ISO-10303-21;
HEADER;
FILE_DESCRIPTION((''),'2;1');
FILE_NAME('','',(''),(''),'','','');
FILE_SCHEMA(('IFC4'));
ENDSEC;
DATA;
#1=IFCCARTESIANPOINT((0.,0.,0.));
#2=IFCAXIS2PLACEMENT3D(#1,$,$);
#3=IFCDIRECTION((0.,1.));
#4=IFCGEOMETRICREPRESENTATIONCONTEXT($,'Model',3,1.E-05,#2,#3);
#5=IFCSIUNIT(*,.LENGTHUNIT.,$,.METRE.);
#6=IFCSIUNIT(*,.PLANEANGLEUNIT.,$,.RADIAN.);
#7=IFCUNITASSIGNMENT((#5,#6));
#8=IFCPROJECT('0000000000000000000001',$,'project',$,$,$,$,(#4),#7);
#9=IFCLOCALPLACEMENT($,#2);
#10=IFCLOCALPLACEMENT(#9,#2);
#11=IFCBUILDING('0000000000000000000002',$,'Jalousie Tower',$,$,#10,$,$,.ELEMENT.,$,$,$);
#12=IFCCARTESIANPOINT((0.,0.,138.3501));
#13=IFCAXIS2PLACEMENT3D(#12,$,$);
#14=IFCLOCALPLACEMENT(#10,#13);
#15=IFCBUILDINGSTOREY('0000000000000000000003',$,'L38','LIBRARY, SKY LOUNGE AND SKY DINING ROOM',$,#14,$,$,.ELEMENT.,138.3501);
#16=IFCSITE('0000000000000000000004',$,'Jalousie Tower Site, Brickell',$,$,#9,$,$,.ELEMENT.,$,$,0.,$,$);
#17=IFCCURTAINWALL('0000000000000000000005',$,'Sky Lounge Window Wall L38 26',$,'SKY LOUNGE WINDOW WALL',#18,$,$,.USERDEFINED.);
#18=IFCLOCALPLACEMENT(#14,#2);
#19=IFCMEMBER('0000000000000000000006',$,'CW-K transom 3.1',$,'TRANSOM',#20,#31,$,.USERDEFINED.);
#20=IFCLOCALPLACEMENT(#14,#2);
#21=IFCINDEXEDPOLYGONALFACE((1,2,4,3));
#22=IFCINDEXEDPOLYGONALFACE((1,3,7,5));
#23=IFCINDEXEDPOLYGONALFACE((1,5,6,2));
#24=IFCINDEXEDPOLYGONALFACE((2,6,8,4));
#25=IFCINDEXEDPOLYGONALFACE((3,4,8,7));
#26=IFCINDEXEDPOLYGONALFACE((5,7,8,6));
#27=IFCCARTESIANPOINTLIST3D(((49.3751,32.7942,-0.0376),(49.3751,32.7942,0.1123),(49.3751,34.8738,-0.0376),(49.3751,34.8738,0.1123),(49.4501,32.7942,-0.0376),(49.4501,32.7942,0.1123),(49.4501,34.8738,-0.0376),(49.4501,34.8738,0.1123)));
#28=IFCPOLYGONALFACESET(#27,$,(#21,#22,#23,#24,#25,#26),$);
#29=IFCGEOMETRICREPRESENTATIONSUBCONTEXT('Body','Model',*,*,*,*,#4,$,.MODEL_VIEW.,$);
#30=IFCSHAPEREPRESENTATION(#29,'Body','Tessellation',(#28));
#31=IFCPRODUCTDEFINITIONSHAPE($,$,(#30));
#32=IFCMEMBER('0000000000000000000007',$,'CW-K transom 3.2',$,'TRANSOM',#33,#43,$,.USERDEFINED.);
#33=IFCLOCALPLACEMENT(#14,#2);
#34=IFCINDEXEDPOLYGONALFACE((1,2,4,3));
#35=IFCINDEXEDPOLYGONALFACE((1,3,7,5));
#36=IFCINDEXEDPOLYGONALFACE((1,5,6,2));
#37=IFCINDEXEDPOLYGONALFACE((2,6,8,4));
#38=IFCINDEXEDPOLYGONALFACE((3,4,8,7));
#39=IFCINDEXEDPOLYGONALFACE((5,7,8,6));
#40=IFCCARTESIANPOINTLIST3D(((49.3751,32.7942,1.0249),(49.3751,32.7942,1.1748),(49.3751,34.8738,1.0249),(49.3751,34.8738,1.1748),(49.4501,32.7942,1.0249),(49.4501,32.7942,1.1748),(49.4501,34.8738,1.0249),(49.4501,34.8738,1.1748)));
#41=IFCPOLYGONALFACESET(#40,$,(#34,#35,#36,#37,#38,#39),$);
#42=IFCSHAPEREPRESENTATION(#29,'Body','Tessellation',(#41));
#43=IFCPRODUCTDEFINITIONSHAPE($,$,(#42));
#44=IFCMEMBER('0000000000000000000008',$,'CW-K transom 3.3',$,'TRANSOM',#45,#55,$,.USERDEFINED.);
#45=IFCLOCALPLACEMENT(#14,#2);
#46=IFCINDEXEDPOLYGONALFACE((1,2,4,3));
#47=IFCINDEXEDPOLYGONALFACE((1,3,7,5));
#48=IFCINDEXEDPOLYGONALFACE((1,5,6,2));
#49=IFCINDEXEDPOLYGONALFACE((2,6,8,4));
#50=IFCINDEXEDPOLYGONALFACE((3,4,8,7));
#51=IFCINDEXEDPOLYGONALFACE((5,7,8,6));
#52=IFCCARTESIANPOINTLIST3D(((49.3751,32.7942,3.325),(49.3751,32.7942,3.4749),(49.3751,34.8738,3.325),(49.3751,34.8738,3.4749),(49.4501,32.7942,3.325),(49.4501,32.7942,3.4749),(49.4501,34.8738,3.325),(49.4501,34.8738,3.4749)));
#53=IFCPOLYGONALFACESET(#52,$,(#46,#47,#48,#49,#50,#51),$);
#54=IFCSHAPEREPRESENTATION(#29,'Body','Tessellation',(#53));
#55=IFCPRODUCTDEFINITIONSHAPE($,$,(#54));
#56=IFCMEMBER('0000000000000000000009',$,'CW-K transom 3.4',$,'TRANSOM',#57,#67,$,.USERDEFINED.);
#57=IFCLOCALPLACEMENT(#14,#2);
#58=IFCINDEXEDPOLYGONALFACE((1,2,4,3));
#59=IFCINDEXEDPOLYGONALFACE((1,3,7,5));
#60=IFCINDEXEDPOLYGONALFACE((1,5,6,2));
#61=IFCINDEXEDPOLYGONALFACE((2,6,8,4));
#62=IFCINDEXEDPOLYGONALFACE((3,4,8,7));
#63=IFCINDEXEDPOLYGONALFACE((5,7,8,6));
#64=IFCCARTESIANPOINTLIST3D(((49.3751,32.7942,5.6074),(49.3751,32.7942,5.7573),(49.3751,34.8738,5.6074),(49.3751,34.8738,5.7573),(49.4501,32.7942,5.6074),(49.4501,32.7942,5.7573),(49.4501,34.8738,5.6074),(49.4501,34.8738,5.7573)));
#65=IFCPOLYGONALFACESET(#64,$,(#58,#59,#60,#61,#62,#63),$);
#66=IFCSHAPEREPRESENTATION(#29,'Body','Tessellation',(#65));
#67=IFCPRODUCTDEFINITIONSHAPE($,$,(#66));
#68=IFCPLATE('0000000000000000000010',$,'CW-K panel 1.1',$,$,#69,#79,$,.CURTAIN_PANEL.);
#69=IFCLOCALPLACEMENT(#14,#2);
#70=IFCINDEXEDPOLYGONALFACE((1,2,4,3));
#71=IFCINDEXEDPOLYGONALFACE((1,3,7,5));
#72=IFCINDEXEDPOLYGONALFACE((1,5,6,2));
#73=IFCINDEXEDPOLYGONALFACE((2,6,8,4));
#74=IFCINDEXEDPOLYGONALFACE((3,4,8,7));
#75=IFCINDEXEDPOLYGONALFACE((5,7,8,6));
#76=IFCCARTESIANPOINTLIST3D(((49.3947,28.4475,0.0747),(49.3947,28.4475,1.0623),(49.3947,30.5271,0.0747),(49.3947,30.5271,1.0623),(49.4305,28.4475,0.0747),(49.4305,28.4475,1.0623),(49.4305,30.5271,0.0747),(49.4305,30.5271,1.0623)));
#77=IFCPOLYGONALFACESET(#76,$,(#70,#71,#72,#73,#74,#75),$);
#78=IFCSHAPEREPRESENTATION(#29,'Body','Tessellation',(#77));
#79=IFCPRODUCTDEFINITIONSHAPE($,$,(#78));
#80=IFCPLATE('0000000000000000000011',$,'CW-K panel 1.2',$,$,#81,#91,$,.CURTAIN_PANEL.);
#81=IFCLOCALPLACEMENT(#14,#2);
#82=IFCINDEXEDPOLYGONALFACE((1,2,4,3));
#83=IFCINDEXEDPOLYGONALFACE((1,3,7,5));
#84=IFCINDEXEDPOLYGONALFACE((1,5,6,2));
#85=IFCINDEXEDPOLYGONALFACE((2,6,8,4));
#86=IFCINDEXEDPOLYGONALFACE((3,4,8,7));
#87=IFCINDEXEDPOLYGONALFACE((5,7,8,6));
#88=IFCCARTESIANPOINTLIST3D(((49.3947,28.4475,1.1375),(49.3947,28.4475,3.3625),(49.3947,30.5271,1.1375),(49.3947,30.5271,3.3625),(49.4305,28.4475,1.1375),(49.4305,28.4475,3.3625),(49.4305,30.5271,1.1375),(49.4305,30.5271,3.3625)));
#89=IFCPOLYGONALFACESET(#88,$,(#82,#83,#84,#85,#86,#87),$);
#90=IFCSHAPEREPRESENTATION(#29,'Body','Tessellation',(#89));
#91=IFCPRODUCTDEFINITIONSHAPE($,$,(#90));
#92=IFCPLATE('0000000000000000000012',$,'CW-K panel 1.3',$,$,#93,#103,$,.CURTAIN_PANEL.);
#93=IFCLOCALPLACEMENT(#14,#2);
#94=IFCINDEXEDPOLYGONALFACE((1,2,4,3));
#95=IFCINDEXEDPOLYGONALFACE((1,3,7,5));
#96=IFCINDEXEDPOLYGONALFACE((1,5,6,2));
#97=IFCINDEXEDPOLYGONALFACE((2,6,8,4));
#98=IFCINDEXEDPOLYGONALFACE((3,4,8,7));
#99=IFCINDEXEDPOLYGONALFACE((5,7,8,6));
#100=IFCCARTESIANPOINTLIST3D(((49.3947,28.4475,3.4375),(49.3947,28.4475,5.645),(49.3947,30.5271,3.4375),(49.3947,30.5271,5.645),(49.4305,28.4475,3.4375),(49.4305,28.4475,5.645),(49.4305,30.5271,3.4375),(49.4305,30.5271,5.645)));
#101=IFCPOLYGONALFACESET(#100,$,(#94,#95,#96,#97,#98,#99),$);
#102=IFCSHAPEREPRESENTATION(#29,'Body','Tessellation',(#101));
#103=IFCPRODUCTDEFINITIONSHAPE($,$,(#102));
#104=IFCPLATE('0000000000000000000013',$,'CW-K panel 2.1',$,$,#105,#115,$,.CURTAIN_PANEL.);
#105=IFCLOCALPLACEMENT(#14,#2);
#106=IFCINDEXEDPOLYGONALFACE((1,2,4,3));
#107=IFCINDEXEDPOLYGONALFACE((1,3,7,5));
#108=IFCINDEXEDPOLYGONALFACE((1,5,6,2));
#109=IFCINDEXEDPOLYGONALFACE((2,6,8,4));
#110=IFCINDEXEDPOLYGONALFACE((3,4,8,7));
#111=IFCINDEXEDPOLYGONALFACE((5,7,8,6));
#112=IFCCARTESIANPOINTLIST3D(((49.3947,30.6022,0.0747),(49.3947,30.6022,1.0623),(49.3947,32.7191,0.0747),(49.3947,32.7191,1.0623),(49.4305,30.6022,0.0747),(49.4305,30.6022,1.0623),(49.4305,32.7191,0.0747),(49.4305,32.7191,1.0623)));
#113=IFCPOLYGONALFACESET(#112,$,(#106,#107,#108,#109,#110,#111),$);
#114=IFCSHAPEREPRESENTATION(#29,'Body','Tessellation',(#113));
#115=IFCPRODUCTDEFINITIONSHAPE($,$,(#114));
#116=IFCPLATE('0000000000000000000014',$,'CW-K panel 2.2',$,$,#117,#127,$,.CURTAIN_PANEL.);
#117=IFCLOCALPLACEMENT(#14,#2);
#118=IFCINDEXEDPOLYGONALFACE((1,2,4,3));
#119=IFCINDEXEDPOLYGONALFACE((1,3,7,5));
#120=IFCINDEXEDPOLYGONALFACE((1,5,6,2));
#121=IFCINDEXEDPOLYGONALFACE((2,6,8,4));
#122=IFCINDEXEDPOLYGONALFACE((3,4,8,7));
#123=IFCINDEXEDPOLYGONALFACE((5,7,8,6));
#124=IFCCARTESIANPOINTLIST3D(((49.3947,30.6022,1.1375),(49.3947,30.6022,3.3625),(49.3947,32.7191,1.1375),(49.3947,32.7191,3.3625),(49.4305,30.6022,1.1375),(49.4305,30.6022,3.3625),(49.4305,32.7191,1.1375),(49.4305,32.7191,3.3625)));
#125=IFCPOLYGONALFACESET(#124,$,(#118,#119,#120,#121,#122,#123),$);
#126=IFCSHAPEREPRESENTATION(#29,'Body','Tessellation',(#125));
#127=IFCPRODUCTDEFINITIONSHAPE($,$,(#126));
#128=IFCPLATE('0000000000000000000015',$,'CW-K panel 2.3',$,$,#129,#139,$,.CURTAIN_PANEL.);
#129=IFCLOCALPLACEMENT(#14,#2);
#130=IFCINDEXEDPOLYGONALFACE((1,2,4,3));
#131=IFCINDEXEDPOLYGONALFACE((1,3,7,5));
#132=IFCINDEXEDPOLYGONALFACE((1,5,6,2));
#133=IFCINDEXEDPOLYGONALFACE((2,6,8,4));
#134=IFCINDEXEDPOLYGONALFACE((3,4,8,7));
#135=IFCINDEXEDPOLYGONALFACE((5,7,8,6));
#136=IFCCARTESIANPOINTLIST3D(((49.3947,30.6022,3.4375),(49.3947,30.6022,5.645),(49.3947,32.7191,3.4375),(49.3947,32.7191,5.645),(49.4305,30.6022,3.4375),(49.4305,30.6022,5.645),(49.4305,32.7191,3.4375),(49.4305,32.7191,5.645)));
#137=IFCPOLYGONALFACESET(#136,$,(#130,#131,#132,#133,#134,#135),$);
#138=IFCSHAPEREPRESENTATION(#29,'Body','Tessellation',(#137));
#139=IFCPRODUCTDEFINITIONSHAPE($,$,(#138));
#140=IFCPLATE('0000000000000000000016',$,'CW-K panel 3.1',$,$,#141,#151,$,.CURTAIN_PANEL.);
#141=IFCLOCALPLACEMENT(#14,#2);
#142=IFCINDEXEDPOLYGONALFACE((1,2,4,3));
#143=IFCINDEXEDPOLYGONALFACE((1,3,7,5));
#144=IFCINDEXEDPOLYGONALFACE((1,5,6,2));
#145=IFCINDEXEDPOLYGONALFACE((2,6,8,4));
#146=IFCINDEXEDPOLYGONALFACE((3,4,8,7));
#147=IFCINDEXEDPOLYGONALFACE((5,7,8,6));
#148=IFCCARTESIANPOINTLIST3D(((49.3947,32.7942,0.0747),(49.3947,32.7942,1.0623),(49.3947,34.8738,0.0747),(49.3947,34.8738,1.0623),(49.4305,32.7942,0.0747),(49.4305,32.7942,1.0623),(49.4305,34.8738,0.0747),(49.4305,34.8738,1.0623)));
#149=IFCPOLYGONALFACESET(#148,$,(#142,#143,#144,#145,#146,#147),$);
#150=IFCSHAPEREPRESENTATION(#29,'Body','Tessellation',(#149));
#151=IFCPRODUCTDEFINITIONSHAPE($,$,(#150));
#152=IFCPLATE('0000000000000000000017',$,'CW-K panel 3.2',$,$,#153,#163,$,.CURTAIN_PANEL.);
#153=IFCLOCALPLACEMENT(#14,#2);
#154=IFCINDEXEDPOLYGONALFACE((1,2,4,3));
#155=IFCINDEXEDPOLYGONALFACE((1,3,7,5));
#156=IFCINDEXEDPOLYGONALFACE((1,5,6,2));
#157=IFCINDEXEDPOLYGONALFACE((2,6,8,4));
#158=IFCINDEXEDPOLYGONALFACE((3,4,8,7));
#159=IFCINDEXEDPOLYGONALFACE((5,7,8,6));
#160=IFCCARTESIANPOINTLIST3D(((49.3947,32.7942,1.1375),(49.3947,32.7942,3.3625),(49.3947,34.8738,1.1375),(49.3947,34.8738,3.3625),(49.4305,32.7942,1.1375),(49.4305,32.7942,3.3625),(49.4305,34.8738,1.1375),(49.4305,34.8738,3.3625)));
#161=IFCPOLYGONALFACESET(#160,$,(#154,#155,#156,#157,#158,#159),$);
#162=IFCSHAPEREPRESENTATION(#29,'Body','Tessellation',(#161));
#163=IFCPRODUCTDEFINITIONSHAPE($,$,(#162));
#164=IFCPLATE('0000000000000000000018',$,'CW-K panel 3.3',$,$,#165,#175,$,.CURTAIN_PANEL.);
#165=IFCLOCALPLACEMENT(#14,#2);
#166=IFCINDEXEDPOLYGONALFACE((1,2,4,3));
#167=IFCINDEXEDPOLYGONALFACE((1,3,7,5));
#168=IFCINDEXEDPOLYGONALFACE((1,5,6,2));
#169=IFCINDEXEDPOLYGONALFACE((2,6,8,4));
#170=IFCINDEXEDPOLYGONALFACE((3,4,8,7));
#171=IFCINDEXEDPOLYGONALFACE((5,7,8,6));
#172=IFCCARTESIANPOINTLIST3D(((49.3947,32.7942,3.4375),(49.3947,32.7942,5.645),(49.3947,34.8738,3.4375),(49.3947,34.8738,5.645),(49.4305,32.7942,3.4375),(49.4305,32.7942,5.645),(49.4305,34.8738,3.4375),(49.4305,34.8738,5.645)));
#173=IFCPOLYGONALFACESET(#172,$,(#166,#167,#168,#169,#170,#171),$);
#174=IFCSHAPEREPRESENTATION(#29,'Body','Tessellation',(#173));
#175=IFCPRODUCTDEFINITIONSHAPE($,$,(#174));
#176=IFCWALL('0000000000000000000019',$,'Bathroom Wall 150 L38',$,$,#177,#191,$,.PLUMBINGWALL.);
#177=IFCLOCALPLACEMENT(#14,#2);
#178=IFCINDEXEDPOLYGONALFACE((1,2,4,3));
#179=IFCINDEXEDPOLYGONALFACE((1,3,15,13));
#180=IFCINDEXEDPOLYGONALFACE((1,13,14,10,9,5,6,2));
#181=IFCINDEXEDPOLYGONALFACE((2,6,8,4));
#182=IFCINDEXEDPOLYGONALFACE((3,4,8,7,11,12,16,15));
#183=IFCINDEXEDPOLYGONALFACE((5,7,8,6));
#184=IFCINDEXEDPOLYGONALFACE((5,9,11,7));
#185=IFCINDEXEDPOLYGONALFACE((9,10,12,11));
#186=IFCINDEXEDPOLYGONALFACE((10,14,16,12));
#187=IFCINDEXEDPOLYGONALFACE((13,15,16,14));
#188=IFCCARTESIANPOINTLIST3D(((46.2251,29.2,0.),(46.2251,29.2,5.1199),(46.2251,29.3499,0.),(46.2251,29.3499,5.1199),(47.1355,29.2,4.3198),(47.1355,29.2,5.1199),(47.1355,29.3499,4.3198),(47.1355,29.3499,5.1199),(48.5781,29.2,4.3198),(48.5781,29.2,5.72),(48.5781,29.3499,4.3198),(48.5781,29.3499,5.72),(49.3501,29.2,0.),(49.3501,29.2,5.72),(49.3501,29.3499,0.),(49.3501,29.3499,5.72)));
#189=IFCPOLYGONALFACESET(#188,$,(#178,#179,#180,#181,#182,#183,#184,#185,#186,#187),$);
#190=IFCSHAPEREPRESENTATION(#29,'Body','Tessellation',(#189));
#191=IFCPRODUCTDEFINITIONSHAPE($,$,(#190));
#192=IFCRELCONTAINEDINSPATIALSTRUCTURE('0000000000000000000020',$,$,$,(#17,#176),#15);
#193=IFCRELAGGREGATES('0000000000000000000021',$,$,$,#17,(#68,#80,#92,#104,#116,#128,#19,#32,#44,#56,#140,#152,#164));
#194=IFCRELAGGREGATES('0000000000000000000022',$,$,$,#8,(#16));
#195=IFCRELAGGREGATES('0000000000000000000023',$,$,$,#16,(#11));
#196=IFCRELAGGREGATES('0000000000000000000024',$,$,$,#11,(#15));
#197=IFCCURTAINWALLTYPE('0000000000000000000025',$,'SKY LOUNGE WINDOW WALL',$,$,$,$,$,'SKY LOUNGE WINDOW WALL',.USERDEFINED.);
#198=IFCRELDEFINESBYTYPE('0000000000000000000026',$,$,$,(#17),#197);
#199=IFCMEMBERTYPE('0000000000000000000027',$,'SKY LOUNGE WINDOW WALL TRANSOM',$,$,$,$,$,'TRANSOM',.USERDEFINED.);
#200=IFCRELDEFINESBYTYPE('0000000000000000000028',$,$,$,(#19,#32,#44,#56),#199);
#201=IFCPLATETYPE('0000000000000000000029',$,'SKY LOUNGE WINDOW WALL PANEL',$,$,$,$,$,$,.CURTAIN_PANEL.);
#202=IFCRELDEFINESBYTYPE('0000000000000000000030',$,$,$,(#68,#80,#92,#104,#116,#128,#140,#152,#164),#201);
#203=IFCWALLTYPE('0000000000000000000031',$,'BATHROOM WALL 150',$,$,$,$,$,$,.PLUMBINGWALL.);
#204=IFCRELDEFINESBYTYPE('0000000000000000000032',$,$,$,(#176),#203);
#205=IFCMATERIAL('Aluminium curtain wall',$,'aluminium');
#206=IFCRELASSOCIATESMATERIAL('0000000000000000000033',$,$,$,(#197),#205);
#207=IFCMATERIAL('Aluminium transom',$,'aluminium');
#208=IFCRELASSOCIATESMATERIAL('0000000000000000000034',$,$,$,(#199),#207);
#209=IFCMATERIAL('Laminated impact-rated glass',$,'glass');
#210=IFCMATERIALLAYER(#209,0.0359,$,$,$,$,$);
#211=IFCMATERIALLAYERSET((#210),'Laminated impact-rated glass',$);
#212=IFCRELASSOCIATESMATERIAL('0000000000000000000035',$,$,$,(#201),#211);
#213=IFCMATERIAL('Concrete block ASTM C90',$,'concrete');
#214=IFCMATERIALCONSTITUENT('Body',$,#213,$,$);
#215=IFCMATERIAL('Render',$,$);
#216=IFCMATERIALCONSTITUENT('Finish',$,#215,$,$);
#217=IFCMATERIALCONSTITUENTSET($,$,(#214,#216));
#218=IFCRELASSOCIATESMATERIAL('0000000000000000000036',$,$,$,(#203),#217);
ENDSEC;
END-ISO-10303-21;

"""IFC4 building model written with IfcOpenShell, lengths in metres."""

from ifc_helpers import new_model, si_unit, direction, frame, origin, origin_2d, place, context, subcontext, project, spatial, polyline, rectangle, outline, extrude, material, layer, layer_set, constituent, constituent_set, material_profile, profile_set, type_object, element, aggregate, save


model = new_model("IFC4")

# Units and contexts
model_context = context("Model", 3, precision=1e-05, world=origin(), true_north=direction((0.0, 1.0)))
body_context = subcontext(model_context, "Body", "Model", "MODEL_VIEW")
ifc_project = project(units=[si_unit("LENGTHUNIT", "METRE"), si_unit("PLANEANGLEUNIT", "RADIAN")], contexts=[model_context])

# Site, building, storey
site_placement = place(None, origin())
site = spatial("IfcSite", under=ifc_project, at=site_placement, Name="Jalousie Tower Site, Brickell", CompositionType="ELEMENT", RefElevation=0.0)
building_placement = place(site_placement, origin())
building = spatial("IfcBuilding", under=site, at=building_placement, Name="Jalousie Tower", CompositionType="ELEMENT")
storey_placement = place(building_placement, frame((0.0, 0.0, 138.3501)))
storey = spatial("IfcBuildingStorey", under=building, at=storey_placement, Name="L38", Description="LIBRARY, SKY LOUNGE AND SKY DINING ROOM", CompositionType="ELEMENT", Elevation=138.3501)

# Curtain wall, members, plates
ifc_material_1 = material(Name="Aluminium curtain wall", Category="aluminium")
curtain_wall_type_1 = type_object("IfcCurtainWallType", Name="SKY LOUNGE WINDOW WALL", ElementType="SKY LOUNGE WINDOW WALL", PredefinedType="USERDEFINED", material=ifc_material_1)
curtain_wall_1_placement = place(storey_placement, origin())
curtain_wall_1 = element("IfcCurtainWall", 1, at=curtain_wall_1_placement, inside=storey, type_object=curtain_wall_type_1, Name="Sky Lounge Window Wall L38 26", ObjectType="SKY LOUNGE WINDOW WALL", PredefinedType="USERDEFINED")
ifc_material_2 = material(Name="Aluminium transom", Category="aluminium")
ifc_material_profile_1 = material_profile(ifc_material_2, rectangle(XDim=0.075, YDim=0.1499, at=origin_2d()), Name="TRANSOM 75x150")
ifc_profile_set_1 = profile_set([ifc_material_profile_1], Name="Aluminium transom")
member_type_1 = type_object("IfcMemberType", Name="SKY LOUNGE WINDOW WALL TRANSOM", ElementType="TRANSOM", PredefinedType="USERDEFINED", material=ifc_profile_set_1)
member_1_placement = place(storey_placement, frame((49.4126, 32.7942, 0.0374), z_axis=(0.0, 1.0, 0.0), x_axis=(-1.0, 0.0, 0.0)))
member_1 = element("IfcMember", 2, at=member_1_placement, type_object=member_type_1, Name="CW-K transom 3.1", ObjectType="TRANSOM", PredefinedType="USERDEFINED", context=body_context, shape_type="SweptSolid", body=[
    extrude(rectangle(XDim=0.075, YDim=0.1499, at=origin_2d()), origin(), (0.0, 0.0, 1.0), 2.0796),
])
member_2_placement = place(storey_placement, frame((49.4126, 32.7942, 1.0999), z_axis=(0.0, 1.0, 0.0), x_axis=(-1.0, 0.0, 0.0)))
member_2 = element("IfcMember", 3, at=member_2_placement, type_object=member_type_1, Name="CW-K transom 3.2", ObjectType="TRANSOM", PredefinedType="USERDEFINED", context=body_context, shape_type="SweptSolid", body=[
    extrude(rectangle(XDim=0.075, YDim=0.1499, at=origin_2d()), origin(), (0.0, 0.0, 1.0), 2.0796),
])
member_3_placement = place(storey_placement, frame((49.4126, 32.7942, 3.3999), z_axis=(0.0, 1.0, 0.0), x_axis=(-1.0, 0.0, 0.0)))
member_3 = element("IfcMember", 4, at=member_3_placement, type_object=member_type_1, Name="CW-K transom 3.3", ObjectType="TRANSOM", PredefinedType="USERDEFINED", context=body_context, shape_type="SweptSolid", body=[
    extrude(rectangle(XDim=0.075, YDim=0.1499, at=origin_2d()), origin(), (0.0, 0.0, 1.0), 2.0796),
])
member_4_placement = place(storey_placement, frame((49.4126, 32.7942, 5.6824), z_axis=(0.0, 1.0, 0.0), x_axis=(-1.0, 0.0, 0.0)))
member_4 = element("IfcMember", 5, at=member_4_placement, type_object=member_type_1, Name="CW-K transom 3.4", ObjectType="TRANSOM", PredefinedType="USERDEFINED", context=body_context, shape_type="SweptSolid", body=[
    extrude(rectangle(XDim=0.075, YDim=0.1499, at=origin_2d()), origin(), (0.0, 0.0, 1.0), 2.0796),
])
ifc_material_3 = material(Name="Laminated impact-rated glass", Category="glass")
ifc_layer = layer(ifc_material_3, 0.0359)
ifc_layer_set = layer_set([ifc_layer], Name="Laminated impact-rated glass")
plate_type = type_object("IfcPlateType", Name="SKY LOUNGE WINDOW WALL PANEL", PredefinedType="CURTAIN_PANEL", material=ifc_layer_set)
plate_1_placement = place(storey_placement, frame((49.4126, 29.4873, 0.0747), z_axis=(0.0, 0.0, 1.0), x_axis=(0.0, 1.0, 0.0)))
plate_1 = element("IfcPlate", 6, at=plate_1_placement, type_object=plate_type, Name="CW-K panel 1.1", PredefinedType="CURTAIN_PANEL", context=body_context, shape_type="SweptSolid", body=[
    extrude(rectangle(XDim=2.0796, YDim=0.0359, at=origin_2d()), origin(), (0.0, 0.0, 1.0), 0.9875),
])
plate_2_placement = place(storey_placement, frame((49.4126, 29.4873, 1.1375), z_axis=(0.0, 0.0, 1.0), x_axis=(0.0, 1.0, 0.0)))
plate_2 = element("IfcPlate", 7, at=plate_2_placement, type_object=plate_type, Name="CW-K panel 1.2", PredefinedType="CURTAIN_PANEL", context=body_context, shape_type="SweptSolid", body=[
    extrude(rectangle(XDim=2.0796, YDim=0.0359, at=origin_2d()), origin(), (0.0, 0.0, 1.0), 2.2251),
])
plate_3_placement = place(storey_placement, frame((49.4126, 29.4873, 3.4375), z_axis=(0.0, 0.0, 1.0), x_axis=(0.0, 1.0, 0.0)))
plate_3 = element("IfcPlate", 8, at=plate_3_placement, type_object=plate_type, Name="CW-K panel 1.3", PredefinedType="CURTAIN_PANEL", context=body_context, shape_type="SweptSolid", body=[
    extrude(rectangle(XDim=2.0796, YDim=0.0359, at=origin_2d()), origin(), (0.0, 0.0, 1.0), 2.2075),
])
plate_4_placement = place(storey_placement, frame((49.4126, 31.6606, 0.0747), z_axis=(0.0, 0.0, 1.0), x_axis=(0.0, 1.0, 0.0)))
plate_4 = element("IfcPlate", 9, at=plate_4_placement, type_object=plate_type, Name="CW-K panel 2.1", PredefinedType="CURTAIN_PANEL", context=body_context, shape_type="SweptSolid", body=[
    extrude(rectangle(XDim=2.1169, YDim=0.0359, at=origin_2d()), origin(), (0.0, 0.0, 1.0), 0.9875),
])
plate_5_placement = place(storey_placement, frame((49.4126, 31.6606, 1.1375), z_axis=(0.0, 0.0, 1.0), x_axis=(0.0, 1.0, 0.0)))
plate_5 = element("IfcPlate", 10, at=plate_5_placement, type_object=plate_type, Name="CW-K panel 2.2", PredefinedType="CURTAIN_PANEL", context=body_context, shape_type="SweptSolid", body=[
    extrude(rectangle(XDim=2.1169, YDim=0.0359, at=origin_2d()), origin(), (0.0, 0.0, 1.0), 2.2251),
])
plate_6_placement = place(storey_placement, frame((49.4126, 31.6606, 3.4375), z_axis=(0.0, 0.0, 1.0), x_axis=(0.0, 1.0, 0.0)))
plate_6 = element("IfcPlate", 11, at=plate_6_placement, type_object=plate_type, Name="CW-K panel 2.3", PredefinedType="CURTAIN_PANEL", context=body_context, shape_type="SweptSolid", body=[
    extrude(rectangle(XDim=2.1169, YDim=0.0359, at=origin_2d()), origin(), (0.0, 0.0, 1.0), 2.2075),
])
plate_7_placement = place(storey_placement, frame((49.4126, 33.834, 0.0747), z_axis=(0.0, 0.0, 1.0), x_axis=(0.0, 1.0, 0.0)))
plate_7 = element("IfcPlate", 12, at=plate_7_placement, type_object=plate_type, Name="CW-K panel 3.1", PredefinedType="CURTAIN_PANEL", context=body_context, shape_type="SweptSolid", body=[
    extrude(rectangle(XDim=2.0796, YDim=0.0359, at=origin_2d()), origin(), (0.0, 0.0, 1.0), 0.9875),
])
plate_8_placement = place(storey_placement, frame((49.4126, 33.834, 1.1375), z_axis=(0.0, 0.0, 1.0), x_axis=(0.0, 1.0, 0.0)))
plate_8 = element("IfcPlate", 13, at=plate_8_placement, type_object=plate_type, Name="CW-K panel 3.2", PredefinedType="CURTAIN_PANEL", context=body_context, shape_type="SweptSolid", body=[
    extrude(rectangle(XDim=2.0796, YDim=0.0359, at=origin_2d()), origin(), (0.0, 0.0, 1.0), 2.2251),
])
plate_9_placement = place(storey_placement, frame((49.4126, 33.834, 3.4375), z_axis=(0.0, 0.0, 1.0), x_axis=(0.0, 1.0, 0.0)))
plate_9 = element("IfcPlate", 14, at=plate_9_placement, type_object=plate_type, Name="CW-K panel 3.3", PredefinedType="CURTAIN_PANEL", context=body_context, shape_type="SweptSolid", body=[
    extrude(rectangle(XDim=2.0796, YDim=0.0359, at=origin_2d()), origin(), (0.0, 0.0, 1.0), 2.2075),
])
aggregate(curtain_wall_1, [plate_1, plate_2, plate_3, plate_4, plate_5, plate_6, member_1, member_2, member_3, member_4, plate_7, plate_8, plate_9])

# Wall
ifc_material_4 = material(Name="Concrete block ASTM C90", Category="concrete")
ifc_constituent_1 = constituent(ifc_material_4, Name="Body")
ifc_material_5 = material(Name="Render")
ifc_constituent_2 = constituent(ifc_material_5, Name="Finish")
ifc_constituent_set = constituent_set(constituents=[ifc_constituent_1, ifc_constituent_2])
wall_type = type_object("IfcWallType", Name="BATHROOM WALL 150", PredefinedType="PLUMBINGWALL", material=ifc_constituent_set)
wall_placement = place(storey_placement, frame((46.2251, 29.2749, 0.0), z_axis=(0.0, 0.0, 1.0), x_axis=(1.0, 0.0, 0.0)))
element("IfcWall", 15, at=wall_placement, inside=storey, type_object=wall_type, Name="Bathroom Wall 150 L38", PredefinedType="PLUMBINGWALL", context=body_context, shape_type="SweptSolid", body=[
    extrude(outline(polyline([(0.0, 0.0), (3.125, 0.0), (3.125, 5.72), (2.353, 5.72), (2.353, 4.3198), (0.9104, 4.3198), (0.9104, 5.1199), (0.0, 5.1199), (0.0, 0.0)])), frame((0.0, 0.075, 0.0), z_axis=(0.0, -1.0, 0.0), x_axis=(1.0, 0.0, 0.0)), (0.0, 0.0, 1.0), 0.1499),
])

save(model, "model.ifc")
